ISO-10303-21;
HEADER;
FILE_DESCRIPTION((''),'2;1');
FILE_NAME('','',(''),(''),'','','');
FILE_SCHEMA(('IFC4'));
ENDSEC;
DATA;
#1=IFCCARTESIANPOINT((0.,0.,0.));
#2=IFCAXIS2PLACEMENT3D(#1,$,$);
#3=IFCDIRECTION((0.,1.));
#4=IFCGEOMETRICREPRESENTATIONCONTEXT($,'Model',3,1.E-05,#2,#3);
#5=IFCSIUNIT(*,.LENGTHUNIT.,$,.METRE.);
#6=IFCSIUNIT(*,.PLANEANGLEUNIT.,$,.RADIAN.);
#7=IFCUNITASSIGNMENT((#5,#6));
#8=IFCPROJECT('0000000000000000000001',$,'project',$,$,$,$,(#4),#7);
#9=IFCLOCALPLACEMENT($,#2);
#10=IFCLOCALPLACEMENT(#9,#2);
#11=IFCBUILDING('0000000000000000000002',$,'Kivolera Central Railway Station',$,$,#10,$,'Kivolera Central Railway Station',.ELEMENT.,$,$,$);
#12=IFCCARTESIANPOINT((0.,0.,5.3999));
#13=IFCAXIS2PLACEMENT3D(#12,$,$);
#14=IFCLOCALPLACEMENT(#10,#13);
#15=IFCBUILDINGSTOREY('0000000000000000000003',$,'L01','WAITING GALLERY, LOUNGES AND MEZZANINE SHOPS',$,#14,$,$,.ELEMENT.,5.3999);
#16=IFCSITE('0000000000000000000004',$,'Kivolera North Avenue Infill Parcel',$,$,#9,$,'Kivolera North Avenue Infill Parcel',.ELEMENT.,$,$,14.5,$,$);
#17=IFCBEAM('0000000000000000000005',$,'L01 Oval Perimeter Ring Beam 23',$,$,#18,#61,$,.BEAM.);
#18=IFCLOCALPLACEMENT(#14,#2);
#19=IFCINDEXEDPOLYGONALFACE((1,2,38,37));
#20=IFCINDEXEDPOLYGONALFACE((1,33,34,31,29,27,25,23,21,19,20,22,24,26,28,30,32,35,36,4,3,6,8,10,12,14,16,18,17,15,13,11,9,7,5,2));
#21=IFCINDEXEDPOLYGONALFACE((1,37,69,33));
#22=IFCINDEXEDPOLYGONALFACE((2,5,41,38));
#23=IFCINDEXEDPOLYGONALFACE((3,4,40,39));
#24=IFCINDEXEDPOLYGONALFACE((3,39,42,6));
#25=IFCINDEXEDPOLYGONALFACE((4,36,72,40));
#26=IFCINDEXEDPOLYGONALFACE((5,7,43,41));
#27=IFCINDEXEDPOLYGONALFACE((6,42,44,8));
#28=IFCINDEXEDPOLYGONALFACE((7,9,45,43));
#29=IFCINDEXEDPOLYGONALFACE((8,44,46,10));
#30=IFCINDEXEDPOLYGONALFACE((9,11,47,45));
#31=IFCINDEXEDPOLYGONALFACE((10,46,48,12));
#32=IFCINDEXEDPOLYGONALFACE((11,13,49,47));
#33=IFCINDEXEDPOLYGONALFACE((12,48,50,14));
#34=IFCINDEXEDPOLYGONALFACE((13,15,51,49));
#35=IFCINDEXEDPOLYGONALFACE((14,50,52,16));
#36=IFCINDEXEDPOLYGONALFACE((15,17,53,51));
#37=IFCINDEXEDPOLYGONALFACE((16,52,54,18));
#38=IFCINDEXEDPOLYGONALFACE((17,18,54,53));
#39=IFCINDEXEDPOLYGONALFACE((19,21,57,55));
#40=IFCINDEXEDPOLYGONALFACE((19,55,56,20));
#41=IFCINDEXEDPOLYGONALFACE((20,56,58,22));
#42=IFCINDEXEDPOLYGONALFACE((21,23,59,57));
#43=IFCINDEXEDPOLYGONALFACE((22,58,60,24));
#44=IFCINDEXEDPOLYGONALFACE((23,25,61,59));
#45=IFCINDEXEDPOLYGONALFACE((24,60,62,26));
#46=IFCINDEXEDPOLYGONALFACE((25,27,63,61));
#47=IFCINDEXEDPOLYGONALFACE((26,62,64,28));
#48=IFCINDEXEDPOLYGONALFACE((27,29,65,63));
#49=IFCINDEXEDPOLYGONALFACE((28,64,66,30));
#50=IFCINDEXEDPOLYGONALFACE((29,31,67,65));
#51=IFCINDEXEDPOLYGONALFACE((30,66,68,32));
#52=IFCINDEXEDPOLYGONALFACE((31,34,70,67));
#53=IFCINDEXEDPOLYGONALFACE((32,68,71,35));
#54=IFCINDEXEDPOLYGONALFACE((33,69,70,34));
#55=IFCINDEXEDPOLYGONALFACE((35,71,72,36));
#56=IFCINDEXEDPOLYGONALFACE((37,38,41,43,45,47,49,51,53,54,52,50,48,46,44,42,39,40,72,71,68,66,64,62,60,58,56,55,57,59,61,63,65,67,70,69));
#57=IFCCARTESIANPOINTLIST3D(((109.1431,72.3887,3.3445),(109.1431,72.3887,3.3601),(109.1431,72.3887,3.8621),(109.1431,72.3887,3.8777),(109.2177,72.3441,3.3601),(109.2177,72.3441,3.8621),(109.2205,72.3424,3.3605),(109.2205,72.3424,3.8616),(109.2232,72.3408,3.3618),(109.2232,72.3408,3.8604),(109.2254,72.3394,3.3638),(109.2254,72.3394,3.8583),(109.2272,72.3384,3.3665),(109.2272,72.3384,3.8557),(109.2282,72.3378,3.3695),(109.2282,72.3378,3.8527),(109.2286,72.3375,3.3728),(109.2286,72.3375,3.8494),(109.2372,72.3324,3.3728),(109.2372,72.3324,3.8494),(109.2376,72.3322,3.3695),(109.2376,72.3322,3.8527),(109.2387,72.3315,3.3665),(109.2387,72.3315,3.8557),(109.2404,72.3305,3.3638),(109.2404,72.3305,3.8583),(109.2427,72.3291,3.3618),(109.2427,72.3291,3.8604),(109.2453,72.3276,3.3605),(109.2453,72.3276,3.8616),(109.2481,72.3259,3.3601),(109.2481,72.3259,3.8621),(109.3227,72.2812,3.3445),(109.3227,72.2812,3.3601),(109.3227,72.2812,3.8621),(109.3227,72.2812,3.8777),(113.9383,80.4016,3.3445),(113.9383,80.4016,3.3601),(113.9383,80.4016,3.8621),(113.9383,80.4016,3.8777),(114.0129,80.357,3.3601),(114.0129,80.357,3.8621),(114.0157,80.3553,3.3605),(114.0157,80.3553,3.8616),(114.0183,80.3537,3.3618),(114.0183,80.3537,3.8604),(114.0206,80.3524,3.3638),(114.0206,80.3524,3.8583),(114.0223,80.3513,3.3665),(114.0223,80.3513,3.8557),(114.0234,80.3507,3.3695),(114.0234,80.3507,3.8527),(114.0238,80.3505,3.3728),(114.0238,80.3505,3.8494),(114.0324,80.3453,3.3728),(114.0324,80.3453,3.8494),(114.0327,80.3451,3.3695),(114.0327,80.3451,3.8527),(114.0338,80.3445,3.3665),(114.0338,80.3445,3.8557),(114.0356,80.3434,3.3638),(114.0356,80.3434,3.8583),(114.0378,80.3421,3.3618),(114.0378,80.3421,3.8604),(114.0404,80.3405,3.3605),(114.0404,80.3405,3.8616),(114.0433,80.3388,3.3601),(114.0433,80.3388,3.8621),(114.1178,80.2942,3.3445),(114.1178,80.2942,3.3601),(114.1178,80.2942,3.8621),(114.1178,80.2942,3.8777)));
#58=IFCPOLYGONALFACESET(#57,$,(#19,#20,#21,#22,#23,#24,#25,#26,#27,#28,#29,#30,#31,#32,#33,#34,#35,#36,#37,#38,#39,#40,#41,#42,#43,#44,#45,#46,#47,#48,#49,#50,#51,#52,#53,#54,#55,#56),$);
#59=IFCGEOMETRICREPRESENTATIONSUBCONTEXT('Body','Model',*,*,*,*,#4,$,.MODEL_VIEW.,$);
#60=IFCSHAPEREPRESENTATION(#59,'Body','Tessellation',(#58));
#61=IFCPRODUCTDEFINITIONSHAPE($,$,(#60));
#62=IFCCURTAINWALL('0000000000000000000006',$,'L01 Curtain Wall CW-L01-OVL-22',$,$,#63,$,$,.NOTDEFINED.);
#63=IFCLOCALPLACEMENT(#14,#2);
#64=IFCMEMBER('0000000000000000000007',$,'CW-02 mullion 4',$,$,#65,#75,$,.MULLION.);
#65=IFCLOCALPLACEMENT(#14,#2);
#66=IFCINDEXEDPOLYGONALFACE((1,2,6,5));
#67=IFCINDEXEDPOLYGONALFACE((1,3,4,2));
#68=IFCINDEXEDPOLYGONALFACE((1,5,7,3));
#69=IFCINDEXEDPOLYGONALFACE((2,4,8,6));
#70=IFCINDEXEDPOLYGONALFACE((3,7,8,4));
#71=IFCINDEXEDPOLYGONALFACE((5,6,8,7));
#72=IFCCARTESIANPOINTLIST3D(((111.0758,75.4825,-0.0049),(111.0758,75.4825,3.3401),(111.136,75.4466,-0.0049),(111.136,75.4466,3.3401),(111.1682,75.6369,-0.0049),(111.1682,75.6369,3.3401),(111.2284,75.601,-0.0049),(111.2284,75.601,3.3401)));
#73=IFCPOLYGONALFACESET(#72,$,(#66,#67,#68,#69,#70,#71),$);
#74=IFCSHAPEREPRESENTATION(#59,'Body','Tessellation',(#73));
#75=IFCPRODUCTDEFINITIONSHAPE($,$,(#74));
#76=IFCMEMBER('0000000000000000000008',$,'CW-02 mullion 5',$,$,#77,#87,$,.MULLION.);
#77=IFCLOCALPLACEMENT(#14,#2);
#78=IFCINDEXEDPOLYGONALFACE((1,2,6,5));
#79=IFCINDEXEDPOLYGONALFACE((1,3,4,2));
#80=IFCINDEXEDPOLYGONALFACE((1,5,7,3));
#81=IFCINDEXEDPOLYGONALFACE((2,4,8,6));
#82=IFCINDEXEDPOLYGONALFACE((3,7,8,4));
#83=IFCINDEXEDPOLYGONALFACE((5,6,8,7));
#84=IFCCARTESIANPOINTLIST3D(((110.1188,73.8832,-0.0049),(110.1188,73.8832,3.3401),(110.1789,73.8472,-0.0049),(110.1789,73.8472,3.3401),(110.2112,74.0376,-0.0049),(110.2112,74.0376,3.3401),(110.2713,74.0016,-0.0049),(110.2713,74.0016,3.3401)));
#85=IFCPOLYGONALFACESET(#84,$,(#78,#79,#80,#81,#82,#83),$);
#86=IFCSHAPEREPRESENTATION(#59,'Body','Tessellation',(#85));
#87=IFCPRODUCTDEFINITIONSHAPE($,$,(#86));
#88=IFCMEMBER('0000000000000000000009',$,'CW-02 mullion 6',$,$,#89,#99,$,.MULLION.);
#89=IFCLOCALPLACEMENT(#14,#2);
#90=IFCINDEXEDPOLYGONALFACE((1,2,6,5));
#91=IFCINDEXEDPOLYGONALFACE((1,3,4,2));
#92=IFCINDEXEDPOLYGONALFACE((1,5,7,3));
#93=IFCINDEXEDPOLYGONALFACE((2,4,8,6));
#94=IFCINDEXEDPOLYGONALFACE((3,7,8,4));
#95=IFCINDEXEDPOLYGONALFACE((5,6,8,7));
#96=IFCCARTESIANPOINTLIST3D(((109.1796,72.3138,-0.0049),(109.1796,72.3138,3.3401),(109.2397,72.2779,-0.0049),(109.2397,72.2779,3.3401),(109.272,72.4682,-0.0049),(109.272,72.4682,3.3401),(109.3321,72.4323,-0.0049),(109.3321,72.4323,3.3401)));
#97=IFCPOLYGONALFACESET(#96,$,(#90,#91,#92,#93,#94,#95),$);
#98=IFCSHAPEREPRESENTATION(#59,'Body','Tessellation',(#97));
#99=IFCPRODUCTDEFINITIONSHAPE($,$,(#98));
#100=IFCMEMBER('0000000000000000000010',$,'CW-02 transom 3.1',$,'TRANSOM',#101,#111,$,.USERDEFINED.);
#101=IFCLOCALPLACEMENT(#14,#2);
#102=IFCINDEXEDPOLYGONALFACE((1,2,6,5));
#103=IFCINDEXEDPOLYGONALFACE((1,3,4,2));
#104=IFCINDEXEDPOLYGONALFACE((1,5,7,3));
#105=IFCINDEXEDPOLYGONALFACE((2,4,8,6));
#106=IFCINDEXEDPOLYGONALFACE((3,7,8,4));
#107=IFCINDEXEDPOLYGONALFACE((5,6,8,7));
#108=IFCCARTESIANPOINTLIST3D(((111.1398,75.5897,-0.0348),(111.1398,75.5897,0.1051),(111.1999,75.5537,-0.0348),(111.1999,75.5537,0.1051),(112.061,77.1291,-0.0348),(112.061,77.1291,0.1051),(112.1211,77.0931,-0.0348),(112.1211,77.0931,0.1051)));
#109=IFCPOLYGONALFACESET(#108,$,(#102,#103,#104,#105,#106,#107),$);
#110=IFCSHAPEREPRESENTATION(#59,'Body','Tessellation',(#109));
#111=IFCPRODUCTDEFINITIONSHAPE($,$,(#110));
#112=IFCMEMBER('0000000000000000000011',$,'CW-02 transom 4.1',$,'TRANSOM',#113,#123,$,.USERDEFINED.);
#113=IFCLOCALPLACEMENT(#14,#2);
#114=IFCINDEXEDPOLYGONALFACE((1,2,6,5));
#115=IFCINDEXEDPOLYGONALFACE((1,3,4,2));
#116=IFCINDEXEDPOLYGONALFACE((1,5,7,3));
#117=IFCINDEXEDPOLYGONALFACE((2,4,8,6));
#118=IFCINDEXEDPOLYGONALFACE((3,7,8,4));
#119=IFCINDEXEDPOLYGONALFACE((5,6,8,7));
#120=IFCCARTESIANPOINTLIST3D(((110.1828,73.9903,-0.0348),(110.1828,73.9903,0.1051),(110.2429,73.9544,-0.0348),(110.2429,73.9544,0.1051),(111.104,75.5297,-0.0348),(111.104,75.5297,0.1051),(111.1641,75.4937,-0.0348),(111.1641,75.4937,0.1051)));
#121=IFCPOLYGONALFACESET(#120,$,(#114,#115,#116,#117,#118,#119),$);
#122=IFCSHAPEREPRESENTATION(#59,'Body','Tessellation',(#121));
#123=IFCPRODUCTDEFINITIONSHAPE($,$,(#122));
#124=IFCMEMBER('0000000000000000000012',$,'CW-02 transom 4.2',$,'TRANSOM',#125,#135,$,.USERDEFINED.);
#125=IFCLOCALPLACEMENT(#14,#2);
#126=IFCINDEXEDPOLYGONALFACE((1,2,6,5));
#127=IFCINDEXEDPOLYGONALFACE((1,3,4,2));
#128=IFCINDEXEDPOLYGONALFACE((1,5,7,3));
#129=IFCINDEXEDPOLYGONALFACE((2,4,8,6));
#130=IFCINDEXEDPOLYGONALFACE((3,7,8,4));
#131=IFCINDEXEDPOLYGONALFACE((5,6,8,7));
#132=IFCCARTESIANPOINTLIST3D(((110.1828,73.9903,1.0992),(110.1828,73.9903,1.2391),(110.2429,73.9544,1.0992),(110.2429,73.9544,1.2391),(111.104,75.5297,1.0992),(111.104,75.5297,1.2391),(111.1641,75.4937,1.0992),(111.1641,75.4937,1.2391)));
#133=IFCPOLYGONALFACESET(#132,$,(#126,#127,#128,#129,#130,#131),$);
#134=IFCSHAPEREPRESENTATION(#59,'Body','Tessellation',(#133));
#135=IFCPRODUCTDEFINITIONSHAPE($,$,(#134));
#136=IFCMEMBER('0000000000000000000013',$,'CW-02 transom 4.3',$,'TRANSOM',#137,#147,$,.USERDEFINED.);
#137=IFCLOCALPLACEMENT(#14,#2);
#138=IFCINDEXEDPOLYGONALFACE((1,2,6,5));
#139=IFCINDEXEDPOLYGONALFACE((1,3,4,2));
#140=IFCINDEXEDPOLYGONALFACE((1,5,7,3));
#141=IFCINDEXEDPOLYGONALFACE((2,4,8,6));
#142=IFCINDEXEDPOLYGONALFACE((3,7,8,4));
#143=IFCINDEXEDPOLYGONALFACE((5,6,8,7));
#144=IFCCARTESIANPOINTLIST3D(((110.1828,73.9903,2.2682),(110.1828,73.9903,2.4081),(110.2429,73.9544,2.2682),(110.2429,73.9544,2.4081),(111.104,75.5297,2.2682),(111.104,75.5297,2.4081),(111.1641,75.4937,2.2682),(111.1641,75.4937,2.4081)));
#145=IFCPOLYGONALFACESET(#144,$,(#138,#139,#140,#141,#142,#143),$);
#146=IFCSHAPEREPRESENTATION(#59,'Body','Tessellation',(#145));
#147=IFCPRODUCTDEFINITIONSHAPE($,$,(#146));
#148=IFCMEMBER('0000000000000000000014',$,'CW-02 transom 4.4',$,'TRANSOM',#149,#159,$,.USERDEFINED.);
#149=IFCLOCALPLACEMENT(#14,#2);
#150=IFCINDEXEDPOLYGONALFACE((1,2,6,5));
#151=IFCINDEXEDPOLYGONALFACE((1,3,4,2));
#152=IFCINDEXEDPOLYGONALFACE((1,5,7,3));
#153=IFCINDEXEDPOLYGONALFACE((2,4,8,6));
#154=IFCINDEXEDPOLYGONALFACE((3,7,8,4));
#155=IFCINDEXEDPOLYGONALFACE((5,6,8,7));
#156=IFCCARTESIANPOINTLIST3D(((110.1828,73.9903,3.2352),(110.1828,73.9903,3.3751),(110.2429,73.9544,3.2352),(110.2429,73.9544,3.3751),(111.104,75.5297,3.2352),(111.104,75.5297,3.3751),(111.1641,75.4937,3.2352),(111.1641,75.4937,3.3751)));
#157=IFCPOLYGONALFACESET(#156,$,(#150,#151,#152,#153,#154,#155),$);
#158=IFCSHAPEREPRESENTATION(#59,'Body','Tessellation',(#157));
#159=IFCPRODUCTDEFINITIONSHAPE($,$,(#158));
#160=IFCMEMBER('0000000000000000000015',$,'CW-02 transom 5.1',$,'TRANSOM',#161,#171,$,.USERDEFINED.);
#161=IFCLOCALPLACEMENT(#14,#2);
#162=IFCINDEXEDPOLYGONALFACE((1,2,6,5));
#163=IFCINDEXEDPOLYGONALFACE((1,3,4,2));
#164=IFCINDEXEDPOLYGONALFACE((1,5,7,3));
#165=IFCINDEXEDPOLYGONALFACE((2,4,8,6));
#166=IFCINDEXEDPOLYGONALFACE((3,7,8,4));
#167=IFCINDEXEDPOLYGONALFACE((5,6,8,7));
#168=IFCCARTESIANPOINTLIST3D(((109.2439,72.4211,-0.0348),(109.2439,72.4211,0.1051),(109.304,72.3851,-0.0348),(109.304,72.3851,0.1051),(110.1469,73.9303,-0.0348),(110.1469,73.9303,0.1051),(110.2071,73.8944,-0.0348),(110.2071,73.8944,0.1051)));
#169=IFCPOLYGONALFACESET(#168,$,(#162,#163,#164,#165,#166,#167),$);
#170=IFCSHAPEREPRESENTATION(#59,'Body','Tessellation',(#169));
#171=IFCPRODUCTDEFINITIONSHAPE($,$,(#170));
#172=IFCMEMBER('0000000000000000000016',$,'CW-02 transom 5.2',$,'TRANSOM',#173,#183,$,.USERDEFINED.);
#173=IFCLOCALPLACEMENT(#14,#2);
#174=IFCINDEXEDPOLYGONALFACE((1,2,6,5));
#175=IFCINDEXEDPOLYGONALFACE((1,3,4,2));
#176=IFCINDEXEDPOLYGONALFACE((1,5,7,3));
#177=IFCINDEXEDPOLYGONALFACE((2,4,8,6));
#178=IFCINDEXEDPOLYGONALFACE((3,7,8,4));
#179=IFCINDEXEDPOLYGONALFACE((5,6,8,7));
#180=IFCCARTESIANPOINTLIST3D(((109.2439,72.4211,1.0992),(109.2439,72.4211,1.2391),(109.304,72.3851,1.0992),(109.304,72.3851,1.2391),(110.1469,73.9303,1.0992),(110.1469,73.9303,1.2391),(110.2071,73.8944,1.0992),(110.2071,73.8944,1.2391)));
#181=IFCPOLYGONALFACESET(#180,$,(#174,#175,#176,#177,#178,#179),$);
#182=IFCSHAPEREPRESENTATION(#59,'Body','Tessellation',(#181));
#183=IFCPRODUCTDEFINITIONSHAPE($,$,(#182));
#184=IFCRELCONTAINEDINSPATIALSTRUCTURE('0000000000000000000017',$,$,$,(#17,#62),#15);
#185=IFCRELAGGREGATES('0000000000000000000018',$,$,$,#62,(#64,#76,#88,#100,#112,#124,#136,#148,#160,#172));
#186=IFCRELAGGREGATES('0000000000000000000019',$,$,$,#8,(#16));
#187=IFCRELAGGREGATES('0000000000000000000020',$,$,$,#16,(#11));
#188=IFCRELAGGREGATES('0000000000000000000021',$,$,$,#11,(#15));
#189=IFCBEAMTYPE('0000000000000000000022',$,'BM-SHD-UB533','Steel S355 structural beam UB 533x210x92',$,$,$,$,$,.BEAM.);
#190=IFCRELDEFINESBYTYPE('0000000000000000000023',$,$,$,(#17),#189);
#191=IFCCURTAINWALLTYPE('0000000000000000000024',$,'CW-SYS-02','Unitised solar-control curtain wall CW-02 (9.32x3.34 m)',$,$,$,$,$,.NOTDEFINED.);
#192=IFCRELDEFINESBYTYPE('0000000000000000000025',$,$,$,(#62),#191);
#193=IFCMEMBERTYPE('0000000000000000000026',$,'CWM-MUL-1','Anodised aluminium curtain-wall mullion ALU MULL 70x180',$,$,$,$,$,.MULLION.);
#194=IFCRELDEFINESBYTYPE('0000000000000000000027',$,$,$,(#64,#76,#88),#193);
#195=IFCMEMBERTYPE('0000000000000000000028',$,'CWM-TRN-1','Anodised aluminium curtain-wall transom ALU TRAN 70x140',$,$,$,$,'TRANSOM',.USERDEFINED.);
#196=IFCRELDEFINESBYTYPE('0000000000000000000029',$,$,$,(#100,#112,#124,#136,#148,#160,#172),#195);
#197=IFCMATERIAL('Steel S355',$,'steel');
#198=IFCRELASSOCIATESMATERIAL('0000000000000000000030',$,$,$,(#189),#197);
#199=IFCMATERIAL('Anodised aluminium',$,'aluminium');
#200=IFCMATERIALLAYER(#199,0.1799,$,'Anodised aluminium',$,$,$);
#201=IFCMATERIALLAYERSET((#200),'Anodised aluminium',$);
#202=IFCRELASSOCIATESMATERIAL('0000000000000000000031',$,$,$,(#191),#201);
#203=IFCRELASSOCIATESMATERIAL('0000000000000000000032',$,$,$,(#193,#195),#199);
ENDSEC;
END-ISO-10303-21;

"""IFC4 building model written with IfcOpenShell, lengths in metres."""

from ifc_helpers import new_model, si_unit, direction, frame, origin, origin_2d, place, context, subcontext, project, spatial, rectangle, i_section, extrude, material, layer, layer_set, material_profile, profile_set, type_object, element, aggregate, save


model = new_model("IFC4")

# Units and contexts
model_context = context("Model", 3, precision=1e-05, world=origin(), true_north=direction((0.0, 1.0)))
body_context = subcontext(model_context, "Body", "Model", "MODEL_VIEW")
ifc_project = project(units=[si_unit("LENGTHUNIT", "METRE"), si_unit("PLANEANGLEUNIT", "RADIAN")], contexts=[model_context])

# Site, building, storey
site_placement = place(None, origin())
site = spatial("IfcSite", under=ifc_project, at=site_placement, Name="Kivolera North Avenue Infill Parcel", LongName="Kivolera North Avenue Infill Parcel", CompositionType="ELEMENT", RefElevation=14.5)
building_placement = place(site_placement, origin())
building = spatial("IfcBuilding", under=site, at=building_placement, Name="Kivolera Central Railway Station", LongName="Kivolera Central Railway Station", CompositionType="ELEMENT")
storey_placement = place(building_placement, frame((0.0, 0.0, 5.3999)))
storey = spatial("IfcBuildingStorey", under=building, at=storey_placement, Name="L01", Description="WAITING GALLERY, LOUNGES AND MEZZANINE SHOPS", CompositionType="ELEMENT", Elevation=5.3999)

# Beam
ifc_material_1 = material(Name="Steel S355", Category="steel")
ifc_material_profile_1 = material_profile(ifc_material_1, i_section(OverallWidth=0.2092, OverallDepth=0.5332, WebThickness=0.01, FlangeThickness=0.0156, FilletRadius=0.0127, at=origin_2d()), Name="UB 533x210x92")
ifc_profile_set_1 = profile_set([ifc_material_profile_1], Name="Steel S355")
beam_type = type_object("IfcBeamType", Name="BM-SHD-UB533", Description="Steel S355 structural beam UB 533x210x92", PredefinedType="BEAM", material=ifc_profile_set_1)
beam_placement = place(storey_placement, frame((109.2329, 72.335, 3.6111), z_axis=(0.513503, 0.858088, 0.0), x_axis=(-0.858088, 0.513503, 0.0)))
element("IfcBeam", 1, at=beam_placement, inside=storey, type_object=beam_type, Name="L01 Oval Perimeter Ring Beam 23", PredefinedType="BEAM", context=body_context, shape_type="SweptSolid", body=[
    extrude(i_section(OverallWidth=0.2092, OverallDepth=0.5332, WebThickness=0.01, FlangeThickness=0.0156, FilletRadius=0.0127, at=origin_2d()), origin(), (0.0, 0.0, 1.0), 9.3381),
])

# Curtain wall, members
ifc_material_2 = material(Name="Anodised aluminium", Category="aluminium")
ifc_layer_1 = layer(ifc_material_2, 0.1799, Name="Anodised aluminium")
ifc_layer_set_1 = layer_set([ifc_layer_1], Name="Anodised aluminium")
curtain_wall_type = type_object("IfcCurtainWallType", Name="CW-SYS-02", Description="Unitised solar-control curtain wall CW-02 (9.32x3.34 m)", PredefinedType="NOTDEFINED", material=ifc_layer_set_1)
curtain_wall_placement = place(storey_placement, origin())
curtain_wall = element("IfcCurtainWall", 2, at=curtain_wall_placement, inside=storey, type_object=curtain_wall_type, Name="L01 Curtain Wall CW-L01-OVL-22", PredefinedType="NOTDEFINED")
ifc_material_profile_2 = material_profile(ifc_material_2, rectangle(XDim=0.0701, YDim=0.1799, at=origin_2d()), Name="ALU MULL 70x180")
ifc_profile_set_2 = profile_set([ifc_material_profile_2], Name="Anodised aluminium")
member_type_1 = type_object("IfcMemberType", Name="CWM-MUL-1", Description="Anodised aluminium curtain-wall mullion ALU MULL 70x180", PredefinedType="MULLION", material=ifc_profile_set_2)
member_1_placement = place(storey_placement, frame((111.1521, 75.5417, -0.0049), z_axis=(0.0, 0.0, 1.0), x_axis=(0.858117, -0.513454, 0.0)))
member_1 = element("IfcMember", 3, at=member_1_placement, type_object=member_type_1, Name="CW-02 mullion 4", PredefinedType="MULLION", context=body_context, shape_type="SweptSolid", body=[
    extrude(rectangle(XDim=0.0701, YDim=0.1799, at=origin_2d()), origin(), (0.0, 0.0, 1.0), 3.345),
])
member_2_placement = place(storey_placement, frame((110.1951, 73.9424, -0.0049), z_axis=(0.0, 0.0, 1.0), x_axis=(0.858117, -0.513454, 0.0)))
member_2 = element("IfcMember", 4, at=member_2_placement, type_object=member_type_1, Name="CW-02 mullion 5", PredefinedType="MULLION", context=body_context, shape_type="SweptSolid", body=[
    extrude(rectangle(XDim=0.0701, YDim=0.1799, at=origin_2d()), origin(), (0.0, 0.0, 1.0), 3.345),
])
member_3_placement = place(storey_placement, frame((109.2559, 72.373, -0.0049), z_axis=(0.0, 0.0, 1.0), x_axis=(0.858117, -0.513454, 0.0)))
member_3 = element("IfcMember", 5, at=member_3_placement, type_object=member_type_1, Name="CW-02 mullion 6", PredefinedType="MULLION", context=body_context, shape_type="SweptSolid", body=[
    extrude(rectangle(XDim=0.0701, YDim=0.1799, at=origin_2d()), origin(), (0.0, 0.0, 1.0), 3.345),
])
ifc_material_profile_3 = material_profile(ifc_material_2, rectangle(XDim=0.0701, YDim=0.1399, at=origin_2d()), Name="ALU TRAN 70x140")
ifc_profile_set_3 = profile_set([ifc_material_profile_3], Name="Anodised aluminium")
member_type_2 = type_object("IfcMemberType", Name="CWM-TRN-1", Description="Anodised aluminium curtain-wall transom ALU TRAN 70x140", ElementType="TRANSOM", PredefinedType="USERDEFINED", material=ifc_profile_set_3)
member_4_placement = place(storey_placement, frame((112.0911, 77.1111, 0.0352), z_axis=(-0.513495, -0.858093, 0.0), x_axis=(0.858093, -0.513495, 0.0)))
member_4 = element("IfcMember", 6, at=member_4_placement, type_object=member_type_2, Name="CW-02 transom 3.1", ObjectType="TRANSOM", PredefinedType="USERDEFINED", context=body_context, shape_type="SweptSolid", body=[
    extrude(rectangle(XDim=0.0701, YDim=0.1399, at=origin_2d()), origin(), (0.0, 0.0, 1.0), 1.7939),
])
member_5_placement = place(storey_placement, frame((111.134, 75.5117, 0.0352), z_axis=(-0.513495, -0.858093, 0.0), x_axis=(0.858093, -0.513495, 0.0)))
member_5 = element("IfcMember", 7, at=member_5_placement, type_object=member_type_2, Name="CW-02 transom 4.1", ObjectType="TRANSOM", PredefinedType="USERDEFINED", context=body_context, shape_type="SweptSolid", body=[
    extrude(rectangle(XDim=0.0701, YDim=0.1399, at=origin_2d()), origin(), (0.0, 0.0, 1.0), 1.7939),
])
member_6_placement = place(storey_placement, frame((111.134, 75.5117, 1.1692), z_axis=(-0.513495, -0.858093, 0.0), x_axis=(0.858093, -0.513495, 0.0)))
member_6 = element("IfcMember", 8, at=member_6_placement, type_object=member_type_2, Name="CW-02 transom 4.2", ObjectType="TRANSOM", PredefinedType="USERDEFINED", context=body_context, shape_type="SweptSolid", body=[
    extrude(rectangle(XDim=0.0701, YDim=0.1399, at=origin_2d()), origin(), (0.0, 0.0, 1.0), 1.7939),
])
member_7_placement = place(storey_placement, frame((111.134, 75.5117, 2.3381), z_axis=(-0.513495, -0.858093, 0.0), x_axis=(0.858093, -0.513495, 0.0)))
member_7 = element("IfcMember", 9, at=member_7_placement, type_object=member_type_2, Name="CW-02 transom 4.3", ObjectType="TRANSOM", PredefinedType="USERDEFINED", context=body_context, shape_type="SweptSolid", body=[
    extrude(rectangle(XDim=0.0701, YDim=0.1399, at=origin_2d()), origin(), (0.0, 0.0, 1.0), 1.7939),
])
member_8_placement = place(storey_placement, frame((111.134, 75.5117, 3.3052), z_axis=(-0.513495, -0.858093, 0.0), x_axis=(0.858093, -0.513495, 0.0)))
member_8 = element("IfcMember", 10, at=member_8_placement, type_object=member_type_2, Name="CW-02 transom 4.4", ObjectType="TRANSOM", PredefinedType="USERDEFINED", context=body_context, shape_type="SweptSolid", body=[
    extrude(rectangle(XDim=0.0701, YDim=0.1399, at=origin_2d()), origin(), (0.0, 0.0, 1.0), 1.7939),
])
member_9_placement = place(storey_placement, frame((110.177, 73.9124, 0.0352), z_axis=(-0.513454, -0.858117, 0.0), x_axis=(0.858117, -0.513454, 0.0)))
member_9 = element("IfcMember", 11, at=member_9_placement, type_object=member_type_2, Name="CW-02 transom 5.1", ObjectType="TRANSOM", PredefinedType="USERDEFINED", context=body_context, shape_type="SweptSolid", body=[
    extrude(rectangle(XDim=0.0701, YDim=0.1399, at=origin_2d()), origin(), (0.0, 0.0, 1.0), 1.7588),
])
member_10_placement = place(storey_placement, frame((110.177, 73.9124, 1.1692), z_axis=(-0.513454, -0.858117, 0.0), x_axis=(0.858117, -0.513454, 0.0)))
member_10 = element("IfcMember", 12, at=member_10_placement, type_object=member_type_2, Name="CW-02 transom 5.2", ObjectType="TRANSOM", PredefinedType="USERDEFINED", context=body_context, shape_type="SweptSolid", body=[
    extrude(rectangle(XDim=0.0701, YDim=0.1399, at=origin_2d()), origin(), (0.0, 0.0, 1.0), 1.7588),
])
aggregate(curtain_wall, [member_1, member_2, member_3, member_4, member_5, member_6, member_7, member_8, member_9, member_10])

save(model, "model.ifc")
